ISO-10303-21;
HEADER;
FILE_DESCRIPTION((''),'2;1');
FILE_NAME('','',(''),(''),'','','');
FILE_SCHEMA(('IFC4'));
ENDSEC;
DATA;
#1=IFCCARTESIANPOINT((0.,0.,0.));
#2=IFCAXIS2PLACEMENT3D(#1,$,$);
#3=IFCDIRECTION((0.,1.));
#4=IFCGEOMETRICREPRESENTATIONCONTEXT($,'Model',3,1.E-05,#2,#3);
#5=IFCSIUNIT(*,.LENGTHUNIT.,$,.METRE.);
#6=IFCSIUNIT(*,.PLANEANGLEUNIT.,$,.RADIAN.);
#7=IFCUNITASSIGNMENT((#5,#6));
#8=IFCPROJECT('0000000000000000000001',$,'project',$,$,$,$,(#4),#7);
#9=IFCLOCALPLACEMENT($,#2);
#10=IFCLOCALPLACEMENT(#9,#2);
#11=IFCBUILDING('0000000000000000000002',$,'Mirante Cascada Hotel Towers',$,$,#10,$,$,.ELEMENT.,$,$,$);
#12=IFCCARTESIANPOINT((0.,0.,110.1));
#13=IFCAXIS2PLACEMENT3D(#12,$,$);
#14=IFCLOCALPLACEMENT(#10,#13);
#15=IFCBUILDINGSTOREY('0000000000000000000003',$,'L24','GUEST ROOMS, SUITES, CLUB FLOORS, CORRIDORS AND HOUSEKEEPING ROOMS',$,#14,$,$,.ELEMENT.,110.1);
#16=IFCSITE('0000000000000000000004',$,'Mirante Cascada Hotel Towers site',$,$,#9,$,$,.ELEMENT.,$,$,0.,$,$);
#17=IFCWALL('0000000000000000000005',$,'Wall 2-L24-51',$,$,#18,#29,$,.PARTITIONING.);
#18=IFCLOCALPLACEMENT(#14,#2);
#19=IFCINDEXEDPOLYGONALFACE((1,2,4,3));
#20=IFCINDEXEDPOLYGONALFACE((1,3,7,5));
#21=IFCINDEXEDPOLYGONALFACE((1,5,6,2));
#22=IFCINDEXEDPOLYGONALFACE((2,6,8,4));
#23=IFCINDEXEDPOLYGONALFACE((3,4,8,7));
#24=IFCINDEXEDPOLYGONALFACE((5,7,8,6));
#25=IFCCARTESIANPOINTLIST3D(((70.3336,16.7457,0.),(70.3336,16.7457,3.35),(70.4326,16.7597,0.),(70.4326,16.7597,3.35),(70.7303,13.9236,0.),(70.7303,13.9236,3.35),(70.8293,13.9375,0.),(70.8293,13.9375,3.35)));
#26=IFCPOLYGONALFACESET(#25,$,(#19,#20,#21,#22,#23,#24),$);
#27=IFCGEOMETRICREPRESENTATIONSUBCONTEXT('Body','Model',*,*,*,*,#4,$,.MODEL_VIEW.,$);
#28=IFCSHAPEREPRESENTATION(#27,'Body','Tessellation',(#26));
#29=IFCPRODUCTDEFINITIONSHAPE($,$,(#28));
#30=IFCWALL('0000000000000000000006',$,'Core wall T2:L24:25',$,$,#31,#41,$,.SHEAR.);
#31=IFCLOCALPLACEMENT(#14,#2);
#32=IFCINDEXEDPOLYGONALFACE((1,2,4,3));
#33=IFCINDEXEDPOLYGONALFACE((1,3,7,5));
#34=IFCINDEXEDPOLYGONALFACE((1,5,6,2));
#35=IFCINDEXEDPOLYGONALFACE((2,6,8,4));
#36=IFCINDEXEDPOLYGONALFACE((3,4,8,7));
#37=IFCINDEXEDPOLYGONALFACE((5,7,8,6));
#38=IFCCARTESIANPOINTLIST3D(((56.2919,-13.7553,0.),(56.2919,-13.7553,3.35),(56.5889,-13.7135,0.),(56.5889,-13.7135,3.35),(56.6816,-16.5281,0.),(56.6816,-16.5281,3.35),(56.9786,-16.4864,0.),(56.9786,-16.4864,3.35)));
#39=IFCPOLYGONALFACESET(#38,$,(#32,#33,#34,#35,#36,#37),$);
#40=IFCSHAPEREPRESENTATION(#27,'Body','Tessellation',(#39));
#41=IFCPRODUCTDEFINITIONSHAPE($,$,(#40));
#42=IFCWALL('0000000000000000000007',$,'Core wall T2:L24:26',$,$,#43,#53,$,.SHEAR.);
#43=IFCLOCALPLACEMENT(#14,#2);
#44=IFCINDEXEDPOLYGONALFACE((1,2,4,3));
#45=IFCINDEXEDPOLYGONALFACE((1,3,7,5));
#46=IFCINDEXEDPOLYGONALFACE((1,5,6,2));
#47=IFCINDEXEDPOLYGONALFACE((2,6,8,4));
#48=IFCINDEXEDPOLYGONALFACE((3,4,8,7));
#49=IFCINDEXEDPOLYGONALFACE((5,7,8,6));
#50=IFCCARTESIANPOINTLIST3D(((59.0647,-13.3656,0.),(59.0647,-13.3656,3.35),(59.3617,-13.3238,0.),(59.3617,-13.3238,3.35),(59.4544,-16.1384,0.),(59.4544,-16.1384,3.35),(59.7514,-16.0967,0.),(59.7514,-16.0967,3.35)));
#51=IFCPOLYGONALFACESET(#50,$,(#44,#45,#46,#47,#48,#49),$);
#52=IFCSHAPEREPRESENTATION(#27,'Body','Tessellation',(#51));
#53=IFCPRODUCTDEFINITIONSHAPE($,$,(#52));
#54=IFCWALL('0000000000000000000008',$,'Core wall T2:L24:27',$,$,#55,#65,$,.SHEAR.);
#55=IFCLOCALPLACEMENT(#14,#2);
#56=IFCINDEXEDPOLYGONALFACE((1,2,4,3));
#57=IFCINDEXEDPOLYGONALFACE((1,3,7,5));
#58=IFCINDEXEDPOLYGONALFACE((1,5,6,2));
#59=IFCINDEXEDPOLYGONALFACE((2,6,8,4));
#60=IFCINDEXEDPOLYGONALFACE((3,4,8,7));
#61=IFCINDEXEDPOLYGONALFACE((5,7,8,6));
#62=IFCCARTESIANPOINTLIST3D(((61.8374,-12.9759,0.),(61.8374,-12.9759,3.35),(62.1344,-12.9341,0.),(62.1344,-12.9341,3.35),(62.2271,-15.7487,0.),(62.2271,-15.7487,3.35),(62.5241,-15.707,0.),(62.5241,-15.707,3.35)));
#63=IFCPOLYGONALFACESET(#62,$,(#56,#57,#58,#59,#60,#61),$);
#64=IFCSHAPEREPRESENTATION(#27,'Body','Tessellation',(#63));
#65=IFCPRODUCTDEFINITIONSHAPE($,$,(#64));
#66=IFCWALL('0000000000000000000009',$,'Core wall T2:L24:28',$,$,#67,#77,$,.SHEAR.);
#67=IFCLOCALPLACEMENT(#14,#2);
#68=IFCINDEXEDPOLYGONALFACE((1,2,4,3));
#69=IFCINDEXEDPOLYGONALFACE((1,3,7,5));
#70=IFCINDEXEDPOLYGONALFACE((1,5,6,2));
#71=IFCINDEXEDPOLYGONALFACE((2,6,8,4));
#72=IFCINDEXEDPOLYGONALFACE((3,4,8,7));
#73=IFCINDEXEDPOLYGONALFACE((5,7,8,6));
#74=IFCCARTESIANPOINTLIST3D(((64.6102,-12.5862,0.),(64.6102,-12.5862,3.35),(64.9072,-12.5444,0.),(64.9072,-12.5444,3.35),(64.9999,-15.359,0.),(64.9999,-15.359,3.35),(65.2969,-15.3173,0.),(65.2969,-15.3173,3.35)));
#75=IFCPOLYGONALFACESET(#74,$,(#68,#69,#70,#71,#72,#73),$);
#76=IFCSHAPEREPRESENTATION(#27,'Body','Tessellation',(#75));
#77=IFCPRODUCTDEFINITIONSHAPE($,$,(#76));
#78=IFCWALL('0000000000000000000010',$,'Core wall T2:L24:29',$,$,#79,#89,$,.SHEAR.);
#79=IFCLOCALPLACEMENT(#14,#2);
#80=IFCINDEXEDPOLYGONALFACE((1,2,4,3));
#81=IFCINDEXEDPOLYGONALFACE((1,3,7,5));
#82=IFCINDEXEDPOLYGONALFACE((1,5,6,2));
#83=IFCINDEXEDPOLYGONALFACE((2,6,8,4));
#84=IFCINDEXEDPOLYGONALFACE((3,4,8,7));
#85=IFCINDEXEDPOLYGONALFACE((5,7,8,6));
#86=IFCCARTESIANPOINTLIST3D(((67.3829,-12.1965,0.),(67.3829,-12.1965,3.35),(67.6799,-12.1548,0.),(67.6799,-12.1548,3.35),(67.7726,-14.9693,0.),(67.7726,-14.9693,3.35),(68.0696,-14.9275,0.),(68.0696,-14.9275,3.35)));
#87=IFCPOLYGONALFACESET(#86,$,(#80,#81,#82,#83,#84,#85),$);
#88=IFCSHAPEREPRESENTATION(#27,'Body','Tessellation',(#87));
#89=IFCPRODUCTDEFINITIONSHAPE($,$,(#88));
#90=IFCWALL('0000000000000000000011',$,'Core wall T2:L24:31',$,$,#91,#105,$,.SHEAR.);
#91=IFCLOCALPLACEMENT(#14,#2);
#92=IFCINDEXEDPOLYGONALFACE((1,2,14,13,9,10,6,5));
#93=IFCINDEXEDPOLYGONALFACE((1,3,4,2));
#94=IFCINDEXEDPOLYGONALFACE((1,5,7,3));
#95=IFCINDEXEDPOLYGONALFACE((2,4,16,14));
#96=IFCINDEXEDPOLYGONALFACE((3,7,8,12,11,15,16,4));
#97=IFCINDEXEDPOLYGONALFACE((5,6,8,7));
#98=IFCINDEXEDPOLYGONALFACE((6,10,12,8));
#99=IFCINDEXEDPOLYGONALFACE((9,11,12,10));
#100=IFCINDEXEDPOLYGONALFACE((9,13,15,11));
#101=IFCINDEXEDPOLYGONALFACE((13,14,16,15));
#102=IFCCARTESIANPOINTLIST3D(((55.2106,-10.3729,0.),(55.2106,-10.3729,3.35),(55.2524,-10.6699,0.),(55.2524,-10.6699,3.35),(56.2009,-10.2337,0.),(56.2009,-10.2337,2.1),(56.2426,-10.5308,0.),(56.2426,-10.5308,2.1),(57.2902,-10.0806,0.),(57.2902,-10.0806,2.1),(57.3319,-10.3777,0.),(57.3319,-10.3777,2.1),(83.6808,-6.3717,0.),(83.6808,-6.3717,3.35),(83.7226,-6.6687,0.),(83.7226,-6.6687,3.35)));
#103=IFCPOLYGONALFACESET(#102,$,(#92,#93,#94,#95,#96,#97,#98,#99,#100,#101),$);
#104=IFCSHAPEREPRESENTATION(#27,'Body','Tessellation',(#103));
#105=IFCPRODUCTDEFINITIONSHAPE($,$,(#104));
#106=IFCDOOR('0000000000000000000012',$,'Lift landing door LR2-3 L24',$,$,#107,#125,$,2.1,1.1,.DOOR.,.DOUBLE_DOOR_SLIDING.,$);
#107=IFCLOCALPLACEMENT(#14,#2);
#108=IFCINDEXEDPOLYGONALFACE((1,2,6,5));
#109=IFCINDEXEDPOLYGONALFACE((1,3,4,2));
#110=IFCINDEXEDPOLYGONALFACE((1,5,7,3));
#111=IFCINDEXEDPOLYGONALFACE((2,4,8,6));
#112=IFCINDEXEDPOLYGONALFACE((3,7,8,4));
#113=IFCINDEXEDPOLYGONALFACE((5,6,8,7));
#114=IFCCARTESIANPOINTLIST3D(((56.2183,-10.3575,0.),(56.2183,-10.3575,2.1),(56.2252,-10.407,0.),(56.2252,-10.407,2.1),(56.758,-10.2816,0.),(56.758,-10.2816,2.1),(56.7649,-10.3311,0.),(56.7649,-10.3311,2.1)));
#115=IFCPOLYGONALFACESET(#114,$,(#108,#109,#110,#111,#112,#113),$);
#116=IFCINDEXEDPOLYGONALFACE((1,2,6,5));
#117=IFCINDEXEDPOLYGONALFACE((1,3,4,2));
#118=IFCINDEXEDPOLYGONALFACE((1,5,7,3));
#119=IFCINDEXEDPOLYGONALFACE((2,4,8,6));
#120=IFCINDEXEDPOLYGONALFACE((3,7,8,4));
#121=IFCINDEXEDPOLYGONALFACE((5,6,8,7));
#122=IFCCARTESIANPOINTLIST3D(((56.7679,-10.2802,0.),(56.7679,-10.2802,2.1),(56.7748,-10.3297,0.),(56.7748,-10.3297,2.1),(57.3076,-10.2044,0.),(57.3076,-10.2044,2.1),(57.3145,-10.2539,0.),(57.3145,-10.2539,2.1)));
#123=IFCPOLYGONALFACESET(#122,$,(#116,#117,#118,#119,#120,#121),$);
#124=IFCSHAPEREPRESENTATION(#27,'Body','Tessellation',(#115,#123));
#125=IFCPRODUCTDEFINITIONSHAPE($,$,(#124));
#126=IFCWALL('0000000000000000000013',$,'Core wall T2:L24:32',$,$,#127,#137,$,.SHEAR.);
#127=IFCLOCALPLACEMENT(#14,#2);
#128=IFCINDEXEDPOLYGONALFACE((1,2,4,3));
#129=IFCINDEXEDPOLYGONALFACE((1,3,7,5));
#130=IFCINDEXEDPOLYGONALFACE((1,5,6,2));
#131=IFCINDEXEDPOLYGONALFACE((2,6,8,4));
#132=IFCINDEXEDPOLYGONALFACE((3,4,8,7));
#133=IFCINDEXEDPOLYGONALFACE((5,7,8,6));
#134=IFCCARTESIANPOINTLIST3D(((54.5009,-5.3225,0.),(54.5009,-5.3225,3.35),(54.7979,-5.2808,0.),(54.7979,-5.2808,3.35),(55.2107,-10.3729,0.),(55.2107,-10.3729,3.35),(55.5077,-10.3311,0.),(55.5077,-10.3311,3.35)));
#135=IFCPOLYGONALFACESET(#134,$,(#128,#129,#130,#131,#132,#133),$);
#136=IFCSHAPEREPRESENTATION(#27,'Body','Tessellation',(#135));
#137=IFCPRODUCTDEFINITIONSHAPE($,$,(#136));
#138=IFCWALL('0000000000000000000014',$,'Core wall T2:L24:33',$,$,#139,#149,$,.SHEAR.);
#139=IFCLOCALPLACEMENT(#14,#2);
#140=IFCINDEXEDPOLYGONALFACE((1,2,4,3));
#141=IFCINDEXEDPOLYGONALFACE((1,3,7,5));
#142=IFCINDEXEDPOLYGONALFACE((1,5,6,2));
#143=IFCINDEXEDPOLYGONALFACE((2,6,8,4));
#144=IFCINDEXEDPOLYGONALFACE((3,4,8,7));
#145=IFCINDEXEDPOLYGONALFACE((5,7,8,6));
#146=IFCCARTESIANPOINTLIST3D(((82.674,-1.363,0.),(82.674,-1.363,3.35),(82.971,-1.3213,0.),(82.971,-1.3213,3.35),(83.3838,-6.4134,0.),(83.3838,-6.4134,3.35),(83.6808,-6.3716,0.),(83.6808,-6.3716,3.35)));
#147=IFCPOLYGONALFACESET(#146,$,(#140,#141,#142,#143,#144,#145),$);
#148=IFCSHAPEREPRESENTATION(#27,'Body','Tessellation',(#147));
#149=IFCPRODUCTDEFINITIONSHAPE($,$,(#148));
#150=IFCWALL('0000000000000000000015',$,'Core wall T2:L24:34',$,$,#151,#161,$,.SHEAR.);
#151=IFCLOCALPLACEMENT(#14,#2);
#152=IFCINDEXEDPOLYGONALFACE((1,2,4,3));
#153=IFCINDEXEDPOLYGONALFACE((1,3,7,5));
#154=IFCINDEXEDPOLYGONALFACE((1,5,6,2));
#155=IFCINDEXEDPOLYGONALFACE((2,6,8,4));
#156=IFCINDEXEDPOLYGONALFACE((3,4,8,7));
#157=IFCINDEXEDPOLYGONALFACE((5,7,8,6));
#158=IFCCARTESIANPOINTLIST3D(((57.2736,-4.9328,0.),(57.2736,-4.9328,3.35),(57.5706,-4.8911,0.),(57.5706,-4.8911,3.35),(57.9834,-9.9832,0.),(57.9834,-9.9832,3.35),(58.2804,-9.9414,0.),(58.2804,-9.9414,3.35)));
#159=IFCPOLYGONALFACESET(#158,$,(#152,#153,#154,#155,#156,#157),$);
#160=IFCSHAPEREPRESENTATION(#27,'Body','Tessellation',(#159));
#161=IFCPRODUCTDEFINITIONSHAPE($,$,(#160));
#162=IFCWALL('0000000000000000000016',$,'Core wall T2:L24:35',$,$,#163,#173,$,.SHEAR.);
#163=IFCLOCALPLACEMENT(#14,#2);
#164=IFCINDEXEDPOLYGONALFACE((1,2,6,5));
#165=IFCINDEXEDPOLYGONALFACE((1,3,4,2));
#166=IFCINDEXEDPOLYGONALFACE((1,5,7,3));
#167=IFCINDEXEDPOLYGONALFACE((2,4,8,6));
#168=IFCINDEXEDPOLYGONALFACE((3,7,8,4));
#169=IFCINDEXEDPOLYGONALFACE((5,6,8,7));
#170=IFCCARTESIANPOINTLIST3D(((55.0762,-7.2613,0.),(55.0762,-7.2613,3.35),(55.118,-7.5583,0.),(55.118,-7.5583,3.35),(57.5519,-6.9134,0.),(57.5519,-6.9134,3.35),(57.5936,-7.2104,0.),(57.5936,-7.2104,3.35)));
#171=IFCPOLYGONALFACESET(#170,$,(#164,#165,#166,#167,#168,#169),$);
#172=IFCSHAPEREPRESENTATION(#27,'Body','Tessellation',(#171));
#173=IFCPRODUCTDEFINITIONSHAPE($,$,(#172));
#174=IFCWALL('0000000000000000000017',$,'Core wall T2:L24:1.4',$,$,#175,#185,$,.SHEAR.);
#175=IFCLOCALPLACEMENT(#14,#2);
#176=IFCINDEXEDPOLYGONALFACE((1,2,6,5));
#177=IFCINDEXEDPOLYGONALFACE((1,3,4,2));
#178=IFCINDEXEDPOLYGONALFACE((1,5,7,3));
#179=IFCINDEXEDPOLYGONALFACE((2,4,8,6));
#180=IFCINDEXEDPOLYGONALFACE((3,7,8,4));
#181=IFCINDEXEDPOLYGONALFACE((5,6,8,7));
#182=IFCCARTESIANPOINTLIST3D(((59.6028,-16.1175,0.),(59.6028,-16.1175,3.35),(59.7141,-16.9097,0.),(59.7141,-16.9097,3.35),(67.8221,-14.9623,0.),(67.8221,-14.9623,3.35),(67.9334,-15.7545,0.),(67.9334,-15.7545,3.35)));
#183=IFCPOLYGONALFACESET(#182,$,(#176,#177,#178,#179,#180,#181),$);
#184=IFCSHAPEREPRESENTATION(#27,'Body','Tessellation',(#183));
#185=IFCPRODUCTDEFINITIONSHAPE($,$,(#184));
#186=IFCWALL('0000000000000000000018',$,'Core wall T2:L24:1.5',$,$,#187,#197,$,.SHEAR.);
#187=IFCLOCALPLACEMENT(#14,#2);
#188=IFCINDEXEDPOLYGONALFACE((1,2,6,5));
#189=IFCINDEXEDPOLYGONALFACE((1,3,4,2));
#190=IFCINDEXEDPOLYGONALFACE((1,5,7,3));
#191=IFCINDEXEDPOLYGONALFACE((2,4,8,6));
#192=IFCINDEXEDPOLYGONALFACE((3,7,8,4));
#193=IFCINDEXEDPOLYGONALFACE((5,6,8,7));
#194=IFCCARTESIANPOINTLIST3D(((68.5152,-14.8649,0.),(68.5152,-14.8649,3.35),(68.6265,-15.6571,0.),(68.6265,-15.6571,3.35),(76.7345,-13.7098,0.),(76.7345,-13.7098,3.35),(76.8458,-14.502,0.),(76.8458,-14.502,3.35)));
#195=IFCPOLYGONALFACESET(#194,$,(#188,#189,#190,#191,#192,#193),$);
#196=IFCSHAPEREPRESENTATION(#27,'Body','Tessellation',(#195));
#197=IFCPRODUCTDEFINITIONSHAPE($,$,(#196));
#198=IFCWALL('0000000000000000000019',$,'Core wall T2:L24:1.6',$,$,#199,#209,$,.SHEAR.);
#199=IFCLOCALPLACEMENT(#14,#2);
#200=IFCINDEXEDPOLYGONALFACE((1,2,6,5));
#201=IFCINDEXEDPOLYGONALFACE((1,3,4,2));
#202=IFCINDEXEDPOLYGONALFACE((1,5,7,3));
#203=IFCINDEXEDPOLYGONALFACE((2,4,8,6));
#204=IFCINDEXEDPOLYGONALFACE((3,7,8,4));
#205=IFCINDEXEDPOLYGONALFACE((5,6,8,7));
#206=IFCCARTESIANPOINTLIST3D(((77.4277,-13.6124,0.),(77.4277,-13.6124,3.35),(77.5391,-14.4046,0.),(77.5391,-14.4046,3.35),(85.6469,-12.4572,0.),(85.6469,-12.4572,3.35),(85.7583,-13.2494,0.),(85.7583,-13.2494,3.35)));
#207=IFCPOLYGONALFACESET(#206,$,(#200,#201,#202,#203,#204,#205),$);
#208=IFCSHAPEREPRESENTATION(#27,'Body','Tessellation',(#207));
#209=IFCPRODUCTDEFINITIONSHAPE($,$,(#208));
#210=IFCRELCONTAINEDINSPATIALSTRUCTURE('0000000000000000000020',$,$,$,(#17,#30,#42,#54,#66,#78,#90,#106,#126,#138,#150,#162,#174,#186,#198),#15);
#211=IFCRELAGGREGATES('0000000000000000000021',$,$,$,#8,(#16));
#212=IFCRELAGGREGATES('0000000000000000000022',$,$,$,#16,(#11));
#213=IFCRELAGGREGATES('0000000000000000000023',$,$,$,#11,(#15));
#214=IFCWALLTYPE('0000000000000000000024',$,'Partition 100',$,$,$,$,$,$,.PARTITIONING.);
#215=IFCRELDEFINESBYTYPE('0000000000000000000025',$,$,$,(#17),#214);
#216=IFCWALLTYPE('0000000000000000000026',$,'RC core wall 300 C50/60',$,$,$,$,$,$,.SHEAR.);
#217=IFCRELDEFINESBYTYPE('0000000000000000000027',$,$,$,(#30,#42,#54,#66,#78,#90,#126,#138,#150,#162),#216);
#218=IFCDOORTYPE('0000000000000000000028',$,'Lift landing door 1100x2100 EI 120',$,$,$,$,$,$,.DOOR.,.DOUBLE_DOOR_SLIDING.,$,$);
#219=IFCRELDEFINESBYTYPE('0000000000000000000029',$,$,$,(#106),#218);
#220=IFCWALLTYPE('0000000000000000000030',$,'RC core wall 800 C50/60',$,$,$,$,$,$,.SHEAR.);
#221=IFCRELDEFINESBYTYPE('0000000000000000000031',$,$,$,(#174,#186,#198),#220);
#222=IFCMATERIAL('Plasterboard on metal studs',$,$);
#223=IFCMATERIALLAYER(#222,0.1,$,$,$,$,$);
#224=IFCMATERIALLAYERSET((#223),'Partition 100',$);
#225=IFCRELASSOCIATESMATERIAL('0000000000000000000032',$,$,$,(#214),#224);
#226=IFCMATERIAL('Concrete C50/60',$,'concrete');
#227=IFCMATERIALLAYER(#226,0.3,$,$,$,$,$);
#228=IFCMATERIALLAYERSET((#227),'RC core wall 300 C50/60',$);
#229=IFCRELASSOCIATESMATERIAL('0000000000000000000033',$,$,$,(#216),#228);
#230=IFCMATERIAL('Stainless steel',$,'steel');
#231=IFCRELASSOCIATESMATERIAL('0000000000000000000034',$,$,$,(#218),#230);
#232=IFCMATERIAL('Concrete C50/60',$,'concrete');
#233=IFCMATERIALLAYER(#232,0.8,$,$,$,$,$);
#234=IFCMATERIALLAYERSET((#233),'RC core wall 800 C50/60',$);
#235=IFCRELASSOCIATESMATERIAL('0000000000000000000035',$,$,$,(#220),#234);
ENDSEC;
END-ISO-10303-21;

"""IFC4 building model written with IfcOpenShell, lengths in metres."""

from ifc_helpers import new_model, si_unit, direction, frame, frame_2d, origin, place, context, subcontext, project, spatial, rectangle, extrude, material, layer, layer_set, type_object, element, fill, save


model = new_model("IFC4")

# Units and contexts
model_context = context("Model", 3, precision=1e-05, world=origin(), true_north=direction((0.0, 1.0)))
body_context = subcontext(model_context, "Body", "Model", "MODEL_VIEW")
ifc_project = project(units=[si_unit("LENGTHUNIT", "METRE"), si_unit("PLANEANGLEUNIT", "RADIAN")], contexts=[model_context])

# Site, building, storey
site_placement = place(None, origin())
site = spatial("IfcSite", under=ifc_project, at=site_placement, Name="Mirante Cascada Hotel Towers site", CompositionType="ELEMENT", RefElevation=0.0)
building_placement = place(site_placement, origin())
building = spatial("IfcBuilding", under=site, at=building_placement, Name="Mirante Cascada Hotel Towers", CompositionType="ELEMENT")
storey_placement = place(building_placement, frame((0.0, 0.0, 110.1)))
storey = spatial("IfcBuildingStorey", under=building, at=storey_placement, Name="L24", Description="GUEST ROOMS, SUITES, CLUB FLOORS, CORRIDORS AND HOUSEKEEPING ROOMS", CompositionType="ELEMENT", Elevation=110.1)

# Walls
ifc_material_1 = material(Name="Plasterboard on metal studs")
ifc_layer_1 = layer(ifc_material_1, 0.1)
ifc_layer_set_1 = layer_set([ifc_layer_1], Name="Partition 100")
wall_type_1 = type_object("IfcWallType", Name="Partition 100", PredefinedType="PARTITIONING", material=ifc_layer_set_1)
wall_1_placement = place(storey_placement, frame((70.7798, 13.9305, 0.0), z_axis=(0.0, 0.0, 1.0), x_axis=(-0.139196, 0.990265, 0.0)))
element("IfcWall", 1, at=wall_1_placement, inside=storey, type_object=wall_type_1, Name="Wall 2-L24-51", PredefinedType="PARTITIONING", context=body_context, shape_type="SweptSolid", body=[
    extrude(rectangle(XDim=2.8499, YDim=0.1, at=frame_2d((1.425, 0.0))), origin(), (0.0, 0.0, 1.0), 3.35),
])
ifc_material_2 = material(Name="Concrete C50/60", Category="concrete")
ifc_layer_2 = layer(ifc_material_2, 0.3)
ifc_layer_set_2 = layer_set([ifc_layer_2], Name="RC core wall 300 C50/60")
wall_type_2 = type_object("IfcWallType", Name="RC core wall 300 C50/60", PredefinedType="SHEAR", material=ifc_layer_set_2)
for number, where, z_axis, x_axis, name in (
    (2, (56.8301, -16.5072, 0.0), (0.0, 0.0, 1.0), (-0.139176, 0.990268, 0.0), "Core wall T2:L24:25"),
    (3, (59.6029, -16.1175, 0.0), (0.0, 0.0, 1.0), (-0.139176, 0.990268, 0.0), "Core wall T2:L24:26"),
    (4, (62.3756, -15.7278, 0.0), (0.0, 0.0, 1.0), (-0.139176, 0.990268, 0.0), "Core wall T2:L24:27"),
    (5, (65.1484, -15.3381, 0.0), (0.0, 0.0, 1.0), (-0.139176, 0.990268, 0.0), "Core wall T2:L24:28"),
):
    element("IfcWall", number, at=place(storey_placement, frame(where, z_axis=z_axis, x_axis=x_axis)), inside=storey, type_object=wall_type_2, Name=name, PredefinedType="SHEAR", context=body_context, shape_type="SweptSolid", body=[
        extrude(rectangle(XDim=2.8001, YDim=0.3, at=frame_2d((1.4, 0.0))), origin(), (0.0, 0.0, 1.0), 3.35),
    ])
wall_2_placement = place(storey_placement, frame((67.9211, -14.9484, 0.0), z_axis=(0.0, 0.0, 1.0), x_axis=(-0.139181, 0.990267, 0.0)))
element("IfcWall", 6, at=wall_2_placement, inside=storey, type_object=wall_type_2, Name="Core wall T2:L24:29", PredefinedType="SHEAR", context=body_context, shape_type="SweptSolid", body=[
    extrude(rectangle(XDim=2.8, YDim=0.3, at=frame_2d((1.4, 0.0))), origin(), (0.0, 0.0, 1.0), 3.35),
])

# Wall, opening, door
wall_3_placement = place(storey_placement, frame((55.2315, -10.5214, 0.0), z_axis=(0.0, 0.0, 1.0), x_axis=(0.990268, 0.139172, 0.0)))
wall_3 = element("IfcWall", 7, at=wall_3_placement, inside=storey, type_object=wall_type_2, Name="Core wall T2:L24:31", PredefinedType="SHEAR", context=body_context, shape_type="SweptSolid", body=[
    extrude(rectangle(XDim=28.75, YDim=0.3, at=frame_2d((14.375, 0.0))), origin(), (0.0, 0.0, 1.0), 3.35),
])
opening_placement = place(wall_3_placement, frame((1.0, 0.0, 0.0)))
opening = element("IfcOpeningElement", 8, at=opening_placement, cuts=wall_3, PredefinedType="OPENING", context=body_context, shape_type="SweptSolid", body=[
    extrude(rectangle(XDim=1.1, YDim=2.1, at=frame_2d((0.55, 1.05))), frame((0.0, 0.15, 0.0), z_axis=(0.0, -1.0, 0.0), x_axis=(1.0, 0.0, 0.0)), (0.0, 0.0, 1.0), 0.3),
])
ifc_material_3 = material(Name="Stainless steel", Category="steel")
door_type = type_object("IfcDoorType", Name="Lift landing door 1100x2100 EI 120", OperationType="DOUBLE_DOOR_SLIDING", PredefinedType="DOOR", material=ifc_material_3)
door_placement = place(opening_placement, origin())
door = element("IfcDoor", 9, at=door_placement, inside=storey, type_object=door_type, Name="Lift landing door LR2-3 L24", OperationType="DOUBLE_DOOR_SLIDING", OverallHeight=2.1, OverallWidth=1.1, PredefinedType="DOOR", context=body_context, shape_type="SweptSolid", body=[
    extrude(rectangle(XDim=0.545, YDim=2.1, at=frame_2d((0.2725, 1.05))), frame((0.0, 0.025, 0.0), z_axis=(0.0, -1.0, 0.0), x_axis=(1.0, 0.0, 0.0)), (0.0, 0.0, 1.0), 0.05),
    extrude(rectangle(XDim=0.545, YDim=2.1, at=frame_2d((0.8275, 1.05))), frame((0.0, 0.025, 0.0), z_axis=(0.0, -1.0, 0.0), x_axis=(1.0, 0.0, 0.0)), (0.0, 0.0, 1.0), 0.05),
])
fill(opening, door)

# Walls
for number, where, z_axis, x_axis, name in (
    (10, (55.3592, -10.352, 0.0), (0.0, 0.0, 1.0), (-0.139176, 0.990268, 0.0), "Core wall T2:L24:32"),
    (11, (83.5323, -6.3925, 0.0), (0.0, 0.0, 1.0), (-0.139176, 0.990268, 0.0), "Core wall T2:L24:33"),
    (12, (58.1319, -9.9623, 0.0), (0.0, 0.0, 1.0), (-0.139176, 0.990268, 0.0), "Core wall T2:L24:34"),
):
    element("IfcWall", number, at=place(storey_placement, frame(where, z_axis=z_axis, x_axis=x_axis)), inside=storey, type_object=wall_type_2, Name=name, PredefinedType="SHEAR", context=body_context, shape_type="SweptSolid", body=[
        extrude(rectangle(XDim=5.1, YDim=0.3, at=frame_2d((2.55, 0.0))), origin(), (0.0, 0.0, 1.0), 3.35),
    ])
wall_4_placement = place(storey_placement, frame((55.0971, -7.4098, 0.0), z_axis=(0.0, 0.0, 1.0), x_axis=(0.99027, 0.139159, 0.0)))
element("IfcWall", 13, at=wall_4_placement, inside=storey, type_object=wall_type_2, Name="Core wall T2:L24:35", PredefinedType="SHEAR", context=body_context, shape_type="SweptSolid", body=[
    extrude(rectangle(XDim=2.5, YDim=0.3, at=frame_2d((1.25, 0.0))), origin(), (0.0, 0.0, 1.0), 3.35),
])
ifc_material_4 = material(Name="Concrete C50/60", Category="concrete")
ifc_layer_3 = layer(ifc_material_4, 0.8)
ifc_layer_set_3 = layer_set([ifc_layer_3], Name="RC core wall 800 C50/60")
wall_type_3 = type_object("IfcWallType", Name="RC core wall 800 C50/60", PredefinedType="SHEAR", material=ifc_layer_set_3)
for number, where, z_axis, x_axis, name in (
    (14, (59.6585, -16.5136, 0.0), (0.0, 0.0, 1.0), (0.990267, 0.139179, 0.0), "Core wall T2:L24:1.4"),
    (15, (68.5709, -15.261, 0.0), (0.0, 0.0, 1.0), (0.990269, 0.139167, 0.0), "Core wall T2:L24:1.5"),
):
    element("IfcWall", number, at=place(storey_placement, frame(where, z_axis=z_axis, x_axis=x_axis)), inside=storey, type_object=wall_type_3, Name=name, PredefinedType="SHEAR", context=body_context, shape_type="SweptSolid", body=[
        extrude(rectangle(XDim=8.3001, YDim=0.8, at=frame_2d((4.15, 0.0))), origin(), (0.0, 0.0, 1.0), 3.35),
    ])
wall_5_placement = place(storey_placement, frame((77.4834, -14.0085, 0.0), z_axis=(0.0, 0.0, 1.0), x_axis=(0.990267, 0.139181, 0.0)))
element("IfcWall", 16, at=wall_5_placement, inside=storey, type_object=wall_type_3, Name="Core wall T2:L24:1.6", PredefinedType="SHEAR", context=body_context, shape_type="SweptSolid", body=[
    extrude(rectangle(XDim=8.3, YDim=0.8, at=frame_2d((4.15, 0.0))), origin(), (0.0, 0.0, 1.0), 3.35),
])

save(model, "model.ifc")
